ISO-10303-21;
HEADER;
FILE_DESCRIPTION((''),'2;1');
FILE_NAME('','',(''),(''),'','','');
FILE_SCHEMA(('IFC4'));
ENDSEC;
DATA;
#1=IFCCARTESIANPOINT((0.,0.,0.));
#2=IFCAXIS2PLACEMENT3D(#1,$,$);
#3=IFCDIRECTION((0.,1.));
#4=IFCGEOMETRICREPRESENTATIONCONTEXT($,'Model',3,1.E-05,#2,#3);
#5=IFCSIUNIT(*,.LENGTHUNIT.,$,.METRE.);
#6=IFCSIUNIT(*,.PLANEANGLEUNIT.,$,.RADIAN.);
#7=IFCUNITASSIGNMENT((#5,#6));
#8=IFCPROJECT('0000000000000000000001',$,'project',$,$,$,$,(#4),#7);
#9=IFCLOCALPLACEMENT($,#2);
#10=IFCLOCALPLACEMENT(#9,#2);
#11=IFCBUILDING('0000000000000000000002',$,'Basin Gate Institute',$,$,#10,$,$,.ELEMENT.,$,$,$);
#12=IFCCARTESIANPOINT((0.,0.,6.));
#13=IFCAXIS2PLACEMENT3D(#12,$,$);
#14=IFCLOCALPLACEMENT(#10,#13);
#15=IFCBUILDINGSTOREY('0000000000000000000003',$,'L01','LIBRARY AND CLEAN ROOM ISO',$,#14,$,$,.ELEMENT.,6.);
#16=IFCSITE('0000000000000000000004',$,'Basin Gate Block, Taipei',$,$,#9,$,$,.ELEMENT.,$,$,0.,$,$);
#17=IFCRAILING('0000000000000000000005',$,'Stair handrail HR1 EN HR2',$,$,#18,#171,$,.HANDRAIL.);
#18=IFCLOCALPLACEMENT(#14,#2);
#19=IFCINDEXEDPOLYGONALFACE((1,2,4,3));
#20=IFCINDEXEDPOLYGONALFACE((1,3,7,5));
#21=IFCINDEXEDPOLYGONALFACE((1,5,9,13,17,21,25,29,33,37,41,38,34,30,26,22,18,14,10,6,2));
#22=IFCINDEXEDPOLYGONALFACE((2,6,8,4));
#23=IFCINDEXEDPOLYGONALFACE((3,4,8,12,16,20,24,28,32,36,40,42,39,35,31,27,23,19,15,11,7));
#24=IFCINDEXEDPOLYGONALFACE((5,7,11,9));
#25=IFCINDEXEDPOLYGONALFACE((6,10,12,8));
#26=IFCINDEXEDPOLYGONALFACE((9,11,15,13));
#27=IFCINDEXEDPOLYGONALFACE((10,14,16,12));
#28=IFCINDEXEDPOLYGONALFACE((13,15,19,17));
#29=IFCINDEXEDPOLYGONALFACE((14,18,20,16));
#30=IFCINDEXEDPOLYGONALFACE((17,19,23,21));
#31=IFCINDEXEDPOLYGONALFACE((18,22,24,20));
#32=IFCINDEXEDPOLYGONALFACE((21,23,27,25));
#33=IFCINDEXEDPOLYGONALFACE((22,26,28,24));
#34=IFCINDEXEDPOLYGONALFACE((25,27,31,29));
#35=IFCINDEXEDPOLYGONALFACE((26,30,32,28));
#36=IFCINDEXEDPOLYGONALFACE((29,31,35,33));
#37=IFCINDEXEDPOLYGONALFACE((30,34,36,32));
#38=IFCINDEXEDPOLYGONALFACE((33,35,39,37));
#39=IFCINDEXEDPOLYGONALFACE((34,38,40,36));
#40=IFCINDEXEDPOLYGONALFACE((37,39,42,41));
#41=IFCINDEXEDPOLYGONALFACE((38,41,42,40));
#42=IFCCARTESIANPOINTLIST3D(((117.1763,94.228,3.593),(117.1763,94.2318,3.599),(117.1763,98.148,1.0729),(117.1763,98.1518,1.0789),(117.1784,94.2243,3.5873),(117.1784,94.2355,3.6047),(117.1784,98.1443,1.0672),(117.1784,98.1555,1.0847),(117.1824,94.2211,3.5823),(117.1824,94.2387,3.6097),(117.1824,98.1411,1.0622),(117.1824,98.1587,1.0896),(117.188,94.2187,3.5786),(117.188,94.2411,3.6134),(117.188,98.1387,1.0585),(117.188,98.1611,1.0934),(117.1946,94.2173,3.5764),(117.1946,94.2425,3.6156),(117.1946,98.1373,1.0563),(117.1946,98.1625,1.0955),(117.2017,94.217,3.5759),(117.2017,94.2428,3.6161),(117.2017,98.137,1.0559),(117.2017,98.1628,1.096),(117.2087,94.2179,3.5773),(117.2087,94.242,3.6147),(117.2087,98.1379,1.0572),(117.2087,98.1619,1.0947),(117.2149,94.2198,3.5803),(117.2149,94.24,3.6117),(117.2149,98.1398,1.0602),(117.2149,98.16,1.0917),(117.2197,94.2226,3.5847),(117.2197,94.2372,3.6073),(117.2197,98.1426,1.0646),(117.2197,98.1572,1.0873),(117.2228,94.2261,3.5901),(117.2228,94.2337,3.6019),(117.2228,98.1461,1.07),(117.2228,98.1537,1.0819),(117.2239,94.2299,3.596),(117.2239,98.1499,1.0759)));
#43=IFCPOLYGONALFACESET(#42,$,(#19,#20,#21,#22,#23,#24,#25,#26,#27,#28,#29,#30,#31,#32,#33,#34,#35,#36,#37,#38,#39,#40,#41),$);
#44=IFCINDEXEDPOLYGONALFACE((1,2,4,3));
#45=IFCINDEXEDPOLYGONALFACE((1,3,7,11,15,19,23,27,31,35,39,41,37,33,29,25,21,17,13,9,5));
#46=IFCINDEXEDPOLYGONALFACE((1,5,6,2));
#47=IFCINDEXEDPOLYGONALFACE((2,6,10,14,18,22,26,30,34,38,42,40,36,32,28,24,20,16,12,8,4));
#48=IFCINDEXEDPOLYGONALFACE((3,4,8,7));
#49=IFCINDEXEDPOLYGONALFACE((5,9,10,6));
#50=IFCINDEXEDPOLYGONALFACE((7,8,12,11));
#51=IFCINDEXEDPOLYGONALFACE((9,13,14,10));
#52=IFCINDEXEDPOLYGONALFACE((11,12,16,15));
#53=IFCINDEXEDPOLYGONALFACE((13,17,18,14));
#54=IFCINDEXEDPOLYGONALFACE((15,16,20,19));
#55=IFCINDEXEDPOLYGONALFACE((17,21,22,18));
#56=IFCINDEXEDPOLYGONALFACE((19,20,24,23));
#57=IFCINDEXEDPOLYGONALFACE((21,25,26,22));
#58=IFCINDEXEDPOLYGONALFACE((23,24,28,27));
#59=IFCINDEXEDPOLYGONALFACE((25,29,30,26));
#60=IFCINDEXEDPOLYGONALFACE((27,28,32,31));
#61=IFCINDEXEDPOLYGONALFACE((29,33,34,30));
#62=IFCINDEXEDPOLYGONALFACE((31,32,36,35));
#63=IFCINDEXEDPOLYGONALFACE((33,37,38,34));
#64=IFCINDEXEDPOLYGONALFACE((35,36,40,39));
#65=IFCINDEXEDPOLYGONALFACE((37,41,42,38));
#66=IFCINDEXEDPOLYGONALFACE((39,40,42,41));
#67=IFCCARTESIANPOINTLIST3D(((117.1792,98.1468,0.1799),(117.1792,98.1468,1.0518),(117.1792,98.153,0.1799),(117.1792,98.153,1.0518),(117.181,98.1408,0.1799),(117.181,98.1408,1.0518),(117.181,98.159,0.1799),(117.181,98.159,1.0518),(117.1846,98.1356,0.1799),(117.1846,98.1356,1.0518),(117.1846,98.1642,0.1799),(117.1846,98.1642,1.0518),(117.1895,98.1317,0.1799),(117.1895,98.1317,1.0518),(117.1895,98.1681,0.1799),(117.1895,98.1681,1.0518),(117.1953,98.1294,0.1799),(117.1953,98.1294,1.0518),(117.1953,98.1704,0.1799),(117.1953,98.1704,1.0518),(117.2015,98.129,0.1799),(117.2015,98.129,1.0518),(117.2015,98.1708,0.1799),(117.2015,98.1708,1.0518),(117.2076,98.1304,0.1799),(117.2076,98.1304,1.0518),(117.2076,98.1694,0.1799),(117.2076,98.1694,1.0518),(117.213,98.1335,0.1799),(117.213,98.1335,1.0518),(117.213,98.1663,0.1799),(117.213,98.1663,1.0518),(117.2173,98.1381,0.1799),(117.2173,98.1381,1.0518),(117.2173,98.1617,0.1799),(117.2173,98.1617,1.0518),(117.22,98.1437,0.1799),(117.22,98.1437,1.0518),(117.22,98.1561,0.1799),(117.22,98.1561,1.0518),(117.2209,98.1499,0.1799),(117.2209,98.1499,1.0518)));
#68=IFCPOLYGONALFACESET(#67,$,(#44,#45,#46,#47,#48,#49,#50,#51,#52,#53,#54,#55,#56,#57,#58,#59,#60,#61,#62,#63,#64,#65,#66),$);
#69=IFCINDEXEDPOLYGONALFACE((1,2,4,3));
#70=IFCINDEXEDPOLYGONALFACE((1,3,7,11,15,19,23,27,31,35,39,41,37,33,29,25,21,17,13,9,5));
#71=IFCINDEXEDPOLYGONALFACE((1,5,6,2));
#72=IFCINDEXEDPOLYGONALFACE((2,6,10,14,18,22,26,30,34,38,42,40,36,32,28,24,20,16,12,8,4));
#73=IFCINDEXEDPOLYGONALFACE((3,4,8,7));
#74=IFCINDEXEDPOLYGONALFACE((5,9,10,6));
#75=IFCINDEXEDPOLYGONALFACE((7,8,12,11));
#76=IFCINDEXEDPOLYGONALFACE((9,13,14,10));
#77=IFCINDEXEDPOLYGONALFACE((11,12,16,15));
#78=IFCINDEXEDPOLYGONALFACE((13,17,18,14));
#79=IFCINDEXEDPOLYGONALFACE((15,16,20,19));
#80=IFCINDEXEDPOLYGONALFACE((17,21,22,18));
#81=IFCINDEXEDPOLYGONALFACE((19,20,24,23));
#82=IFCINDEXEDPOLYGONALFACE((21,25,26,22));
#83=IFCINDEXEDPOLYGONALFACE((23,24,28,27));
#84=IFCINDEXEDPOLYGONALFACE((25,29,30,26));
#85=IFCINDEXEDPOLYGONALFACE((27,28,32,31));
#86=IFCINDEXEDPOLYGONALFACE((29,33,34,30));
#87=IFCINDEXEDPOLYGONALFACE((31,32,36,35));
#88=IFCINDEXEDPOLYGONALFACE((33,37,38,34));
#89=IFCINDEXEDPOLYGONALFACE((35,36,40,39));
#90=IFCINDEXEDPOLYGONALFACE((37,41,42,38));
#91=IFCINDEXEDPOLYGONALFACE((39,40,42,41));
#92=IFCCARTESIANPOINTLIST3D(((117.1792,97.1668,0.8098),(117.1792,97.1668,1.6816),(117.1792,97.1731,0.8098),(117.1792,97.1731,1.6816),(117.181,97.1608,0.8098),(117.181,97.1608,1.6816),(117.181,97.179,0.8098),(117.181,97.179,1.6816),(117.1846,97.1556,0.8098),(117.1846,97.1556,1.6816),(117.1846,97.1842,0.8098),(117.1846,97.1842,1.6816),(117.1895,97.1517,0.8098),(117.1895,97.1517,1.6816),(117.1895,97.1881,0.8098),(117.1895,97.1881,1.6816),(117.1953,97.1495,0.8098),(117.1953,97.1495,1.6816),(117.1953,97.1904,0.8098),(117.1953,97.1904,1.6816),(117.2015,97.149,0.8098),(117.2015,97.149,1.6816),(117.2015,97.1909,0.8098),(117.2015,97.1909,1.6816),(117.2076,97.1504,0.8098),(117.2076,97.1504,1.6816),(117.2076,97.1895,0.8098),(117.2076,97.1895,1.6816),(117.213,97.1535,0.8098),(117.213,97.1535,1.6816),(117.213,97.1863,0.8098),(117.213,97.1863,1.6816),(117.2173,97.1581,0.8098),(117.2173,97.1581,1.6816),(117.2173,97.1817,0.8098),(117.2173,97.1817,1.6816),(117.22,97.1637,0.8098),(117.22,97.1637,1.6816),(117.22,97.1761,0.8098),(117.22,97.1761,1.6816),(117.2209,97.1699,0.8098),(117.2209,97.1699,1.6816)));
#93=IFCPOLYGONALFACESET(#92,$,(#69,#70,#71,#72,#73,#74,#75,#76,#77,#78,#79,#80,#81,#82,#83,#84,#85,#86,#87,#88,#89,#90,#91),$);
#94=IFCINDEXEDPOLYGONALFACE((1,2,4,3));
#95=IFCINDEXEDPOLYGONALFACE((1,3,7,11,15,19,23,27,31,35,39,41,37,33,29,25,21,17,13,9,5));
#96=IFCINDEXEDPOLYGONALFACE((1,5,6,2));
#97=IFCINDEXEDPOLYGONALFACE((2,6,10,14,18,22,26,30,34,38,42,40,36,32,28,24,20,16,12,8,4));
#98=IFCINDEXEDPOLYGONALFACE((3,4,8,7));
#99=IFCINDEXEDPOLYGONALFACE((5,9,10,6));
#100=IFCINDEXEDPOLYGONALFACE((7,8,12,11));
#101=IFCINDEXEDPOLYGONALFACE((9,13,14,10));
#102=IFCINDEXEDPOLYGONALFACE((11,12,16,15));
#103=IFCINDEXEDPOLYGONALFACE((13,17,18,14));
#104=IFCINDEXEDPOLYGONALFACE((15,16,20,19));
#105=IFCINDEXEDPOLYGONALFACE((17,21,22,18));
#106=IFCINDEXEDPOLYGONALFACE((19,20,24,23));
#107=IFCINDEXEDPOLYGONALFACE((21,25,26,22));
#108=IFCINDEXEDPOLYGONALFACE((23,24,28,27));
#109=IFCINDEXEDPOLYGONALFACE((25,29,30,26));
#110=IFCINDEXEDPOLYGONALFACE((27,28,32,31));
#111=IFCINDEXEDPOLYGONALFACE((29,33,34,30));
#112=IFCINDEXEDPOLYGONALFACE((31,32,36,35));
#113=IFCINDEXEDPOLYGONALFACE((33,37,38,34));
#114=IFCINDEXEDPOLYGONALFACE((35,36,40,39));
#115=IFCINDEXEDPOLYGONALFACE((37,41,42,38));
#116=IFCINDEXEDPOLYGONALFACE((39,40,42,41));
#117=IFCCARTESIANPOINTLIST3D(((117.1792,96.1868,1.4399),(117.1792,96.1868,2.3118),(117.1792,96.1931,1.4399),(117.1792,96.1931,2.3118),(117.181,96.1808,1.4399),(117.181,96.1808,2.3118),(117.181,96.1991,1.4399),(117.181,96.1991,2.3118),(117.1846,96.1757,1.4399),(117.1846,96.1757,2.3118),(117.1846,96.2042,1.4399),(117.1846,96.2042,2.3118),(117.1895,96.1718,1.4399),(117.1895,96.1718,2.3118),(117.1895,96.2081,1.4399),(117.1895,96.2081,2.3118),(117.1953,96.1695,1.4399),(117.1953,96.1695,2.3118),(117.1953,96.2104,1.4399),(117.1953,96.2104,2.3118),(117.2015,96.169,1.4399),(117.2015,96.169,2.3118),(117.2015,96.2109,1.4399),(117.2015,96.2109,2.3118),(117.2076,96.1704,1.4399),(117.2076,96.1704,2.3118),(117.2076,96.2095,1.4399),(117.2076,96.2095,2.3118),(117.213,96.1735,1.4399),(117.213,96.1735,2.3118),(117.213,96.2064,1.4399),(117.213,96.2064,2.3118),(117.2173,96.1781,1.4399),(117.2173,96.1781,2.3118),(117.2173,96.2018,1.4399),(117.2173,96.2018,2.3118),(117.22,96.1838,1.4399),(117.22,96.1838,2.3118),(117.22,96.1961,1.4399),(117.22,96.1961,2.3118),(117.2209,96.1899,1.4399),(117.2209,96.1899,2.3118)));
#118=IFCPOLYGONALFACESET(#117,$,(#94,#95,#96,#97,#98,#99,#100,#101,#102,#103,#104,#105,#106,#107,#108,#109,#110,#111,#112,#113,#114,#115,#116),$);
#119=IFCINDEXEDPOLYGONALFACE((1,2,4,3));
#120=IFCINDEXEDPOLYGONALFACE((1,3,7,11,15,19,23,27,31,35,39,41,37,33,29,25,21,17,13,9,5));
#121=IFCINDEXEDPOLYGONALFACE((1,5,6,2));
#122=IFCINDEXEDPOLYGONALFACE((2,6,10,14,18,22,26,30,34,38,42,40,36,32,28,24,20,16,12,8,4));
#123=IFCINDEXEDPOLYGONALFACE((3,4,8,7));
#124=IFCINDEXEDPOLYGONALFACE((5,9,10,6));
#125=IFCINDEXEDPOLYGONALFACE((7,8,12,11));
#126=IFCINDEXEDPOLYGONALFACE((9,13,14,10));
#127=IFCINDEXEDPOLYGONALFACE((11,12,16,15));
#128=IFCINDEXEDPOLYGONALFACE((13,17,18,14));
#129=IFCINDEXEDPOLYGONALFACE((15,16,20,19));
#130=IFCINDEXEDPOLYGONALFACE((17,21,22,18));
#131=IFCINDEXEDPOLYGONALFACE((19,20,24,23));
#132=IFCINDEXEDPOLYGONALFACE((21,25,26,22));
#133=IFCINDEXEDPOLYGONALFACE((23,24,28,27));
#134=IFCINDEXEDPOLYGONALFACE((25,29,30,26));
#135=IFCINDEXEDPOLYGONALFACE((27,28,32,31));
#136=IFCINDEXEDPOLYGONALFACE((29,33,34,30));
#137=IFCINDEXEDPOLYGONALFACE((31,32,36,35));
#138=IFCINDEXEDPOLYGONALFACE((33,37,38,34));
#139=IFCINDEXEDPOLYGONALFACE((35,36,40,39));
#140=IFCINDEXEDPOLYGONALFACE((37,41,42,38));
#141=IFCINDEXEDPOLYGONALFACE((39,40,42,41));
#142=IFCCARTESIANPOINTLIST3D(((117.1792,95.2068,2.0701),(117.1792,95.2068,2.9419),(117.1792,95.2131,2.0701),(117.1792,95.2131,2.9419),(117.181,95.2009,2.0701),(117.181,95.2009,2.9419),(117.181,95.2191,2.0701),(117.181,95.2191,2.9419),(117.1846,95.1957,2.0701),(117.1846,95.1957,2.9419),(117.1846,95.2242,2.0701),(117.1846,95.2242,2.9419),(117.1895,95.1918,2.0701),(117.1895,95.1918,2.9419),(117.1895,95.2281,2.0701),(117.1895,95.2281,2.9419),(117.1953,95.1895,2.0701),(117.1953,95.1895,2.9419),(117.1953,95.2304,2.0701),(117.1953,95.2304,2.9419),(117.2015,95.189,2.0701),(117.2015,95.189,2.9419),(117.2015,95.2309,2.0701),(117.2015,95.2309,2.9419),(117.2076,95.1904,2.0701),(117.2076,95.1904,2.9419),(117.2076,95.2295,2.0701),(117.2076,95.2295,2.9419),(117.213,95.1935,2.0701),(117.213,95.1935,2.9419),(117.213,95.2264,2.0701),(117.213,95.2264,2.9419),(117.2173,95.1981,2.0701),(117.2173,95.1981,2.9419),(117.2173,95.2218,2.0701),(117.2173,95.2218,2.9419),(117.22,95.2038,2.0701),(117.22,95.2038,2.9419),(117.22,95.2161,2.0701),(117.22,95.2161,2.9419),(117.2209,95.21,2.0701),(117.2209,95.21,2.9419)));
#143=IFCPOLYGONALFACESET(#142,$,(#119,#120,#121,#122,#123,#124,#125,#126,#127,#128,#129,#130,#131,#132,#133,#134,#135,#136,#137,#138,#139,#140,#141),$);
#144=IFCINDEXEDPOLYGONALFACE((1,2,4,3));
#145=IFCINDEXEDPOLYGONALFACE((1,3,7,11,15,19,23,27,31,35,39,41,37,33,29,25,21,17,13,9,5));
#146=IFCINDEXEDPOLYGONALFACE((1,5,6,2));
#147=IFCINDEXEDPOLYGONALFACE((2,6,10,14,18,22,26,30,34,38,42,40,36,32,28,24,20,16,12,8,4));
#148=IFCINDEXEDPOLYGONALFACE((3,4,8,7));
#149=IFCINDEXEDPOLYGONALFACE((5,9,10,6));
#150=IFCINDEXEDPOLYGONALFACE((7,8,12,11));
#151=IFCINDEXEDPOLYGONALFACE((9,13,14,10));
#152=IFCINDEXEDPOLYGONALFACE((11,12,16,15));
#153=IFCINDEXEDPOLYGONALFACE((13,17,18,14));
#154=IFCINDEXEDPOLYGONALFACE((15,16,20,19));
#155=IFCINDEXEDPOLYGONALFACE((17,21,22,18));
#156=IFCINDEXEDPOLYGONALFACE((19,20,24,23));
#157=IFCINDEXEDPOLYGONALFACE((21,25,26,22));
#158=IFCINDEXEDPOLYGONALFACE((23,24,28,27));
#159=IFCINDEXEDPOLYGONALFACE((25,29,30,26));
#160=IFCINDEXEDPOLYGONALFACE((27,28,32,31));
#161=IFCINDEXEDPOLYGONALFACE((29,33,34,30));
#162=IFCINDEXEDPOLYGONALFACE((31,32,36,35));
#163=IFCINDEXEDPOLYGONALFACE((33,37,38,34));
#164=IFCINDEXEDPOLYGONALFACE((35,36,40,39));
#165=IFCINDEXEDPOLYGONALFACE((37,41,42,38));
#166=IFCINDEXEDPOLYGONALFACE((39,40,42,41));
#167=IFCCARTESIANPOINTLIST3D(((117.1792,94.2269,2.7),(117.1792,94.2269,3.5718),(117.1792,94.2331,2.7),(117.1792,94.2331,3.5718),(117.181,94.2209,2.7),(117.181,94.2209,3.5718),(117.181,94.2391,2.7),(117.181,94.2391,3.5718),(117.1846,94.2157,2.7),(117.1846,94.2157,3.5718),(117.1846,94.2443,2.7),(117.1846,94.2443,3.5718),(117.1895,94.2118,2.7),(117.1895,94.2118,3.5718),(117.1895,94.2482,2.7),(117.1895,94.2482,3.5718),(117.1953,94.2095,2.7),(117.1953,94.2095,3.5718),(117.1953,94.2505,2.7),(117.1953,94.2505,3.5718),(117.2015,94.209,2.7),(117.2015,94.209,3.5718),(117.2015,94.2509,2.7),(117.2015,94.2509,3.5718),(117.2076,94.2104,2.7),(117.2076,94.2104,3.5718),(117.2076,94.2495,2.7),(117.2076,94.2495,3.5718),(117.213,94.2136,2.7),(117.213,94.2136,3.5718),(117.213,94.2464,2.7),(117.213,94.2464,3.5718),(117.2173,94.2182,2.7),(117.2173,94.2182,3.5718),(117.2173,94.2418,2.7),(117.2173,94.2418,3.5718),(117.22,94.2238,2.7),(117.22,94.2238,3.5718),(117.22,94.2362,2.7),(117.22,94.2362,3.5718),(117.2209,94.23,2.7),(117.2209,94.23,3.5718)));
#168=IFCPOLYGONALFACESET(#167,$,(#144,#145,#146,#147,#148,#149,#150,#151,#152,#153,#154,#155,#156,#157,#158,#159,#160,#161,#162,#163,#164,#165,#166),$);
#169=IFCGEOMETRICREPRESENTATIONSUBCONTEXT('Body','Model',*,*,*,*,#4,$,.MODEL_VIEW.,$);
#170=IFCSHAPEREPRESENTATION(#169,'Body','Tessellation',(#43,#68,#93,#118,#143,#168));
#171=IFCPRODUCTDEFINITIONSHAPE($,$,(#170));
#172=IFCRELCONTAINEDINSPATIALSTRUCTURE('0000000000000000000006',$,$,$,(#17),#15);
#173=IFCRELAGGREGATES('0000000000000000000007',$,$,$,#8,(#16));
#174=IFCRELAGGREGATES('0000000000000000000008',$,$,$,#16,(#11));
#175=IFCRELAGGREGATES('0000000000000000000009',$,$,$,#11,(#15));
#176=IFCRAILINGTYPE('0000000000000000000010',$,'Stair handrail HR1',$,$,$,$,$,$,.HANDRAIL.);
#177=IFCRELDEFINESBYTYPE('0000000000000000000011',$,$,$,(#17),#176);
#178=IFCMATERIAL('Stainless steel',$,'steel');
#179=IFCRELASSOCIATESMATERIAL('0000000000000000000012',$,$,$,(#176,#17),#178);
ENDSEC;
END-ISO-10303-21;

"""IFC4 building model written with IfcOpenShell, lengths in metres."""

from ifc_helpers import new_model, si_unit, direction, frame, origin, origin_2d, place, context, subcontext, project, spatial, circle, extrude, material, type_object, element, save


model = new_model("IFC4")

# Units and contexts
model_context = context("Model", 3, precision=1e-05, world=origin(), true_north=direction((0.0, 1.0)))
body_context = subcontext(model_context, "Body", "Model", "MODEL_VIEW")
ifc_project = project(units=[si_unit("LENGTHUNIT", "METRE"), si_unit("PLANEANGLEUNIT", "RADIAN")], contexts=[model_context])

# Site, building, storey
site_placement = place(None, origin())
site = spatial("IfcSite", under=ifc_project, at=site_placement, Name="Basin Gate Block, Taipei", CompositionType="ELEMENT", RefElevation=0.0)
building_placement = place(site_placement, origin())
building = spatial("IfcBuilding", under=site, at=building_placement, Name="Basin Gate Institute", CompositionType="ELEMENT")
storey_placement = place(building_placement, frame((0.0, 0.0, 6.0)))
storey = spatial("IfcBuildingStorey", under=building, at=storey_placement, Name="L01", Description="LIBRARY AND CLEAN ROOM ISO", CompositionType="ELEMENT", Elevation=6.0)

# Railing
ifc_material_1 = material(Name="Stainless steel", Category="steel")
railing_type_1 = type_object("IfcRailingType", Name="Stair handrail HR1", PredefinedType="HANDRAIL", material=ifc_material_1)
railing_1_placement = place(storey_placement, frame((117.2, 98.1499, 0.1799)))
element("IfcRailing", 1, at=railing_1_placement, inside=storey, type_object=railing_type_1, material=ifc_material_1, Name="Stair handrail HR1 EN HR2", PredefinedType="HANDRAIL", context=body_context, shape_type="SweptSolid", body=[
    extrude(circle(Radius=0.0239, at=origin_2d()), frame((0.0, 0.0, 0.896), z_axis=(0.0, -0.841172, 0.540768), x_axis=(1.0, 0.0, 0.0)), (0.0, 0.0, 1.0), 4.6602),
    extrude(circle(Radius=0.021, at=origin_2d()), origin(), (0.0, 0.0, 1.0), 0.8718),
    extrude(circle(Radius=0.021, at=origin_2d()), frame((0.0, -0.98, 0.6299)), (0.0, 0.0, 1.0), 0.8718),
    extrude(circle(Radius=0.021, at=origin_2d()), frame((0.0, -1.96, 1.26)), (0.0, 0.0, 1.0), 0.8718),
    extrude(circle(Radius=0.021, at=origin_2d()), frame((0.0, -2.9399, 1.8901)), (0.0, 0.0, 1.0), 0.8718),
    extrude(circle(Radius=0.021, at=origin_2d()), frame((0.0, -3.9199, 2.52)), (0.0, 0.0, 1.0), 0.8718),
])

save(model, "model.ifc")
